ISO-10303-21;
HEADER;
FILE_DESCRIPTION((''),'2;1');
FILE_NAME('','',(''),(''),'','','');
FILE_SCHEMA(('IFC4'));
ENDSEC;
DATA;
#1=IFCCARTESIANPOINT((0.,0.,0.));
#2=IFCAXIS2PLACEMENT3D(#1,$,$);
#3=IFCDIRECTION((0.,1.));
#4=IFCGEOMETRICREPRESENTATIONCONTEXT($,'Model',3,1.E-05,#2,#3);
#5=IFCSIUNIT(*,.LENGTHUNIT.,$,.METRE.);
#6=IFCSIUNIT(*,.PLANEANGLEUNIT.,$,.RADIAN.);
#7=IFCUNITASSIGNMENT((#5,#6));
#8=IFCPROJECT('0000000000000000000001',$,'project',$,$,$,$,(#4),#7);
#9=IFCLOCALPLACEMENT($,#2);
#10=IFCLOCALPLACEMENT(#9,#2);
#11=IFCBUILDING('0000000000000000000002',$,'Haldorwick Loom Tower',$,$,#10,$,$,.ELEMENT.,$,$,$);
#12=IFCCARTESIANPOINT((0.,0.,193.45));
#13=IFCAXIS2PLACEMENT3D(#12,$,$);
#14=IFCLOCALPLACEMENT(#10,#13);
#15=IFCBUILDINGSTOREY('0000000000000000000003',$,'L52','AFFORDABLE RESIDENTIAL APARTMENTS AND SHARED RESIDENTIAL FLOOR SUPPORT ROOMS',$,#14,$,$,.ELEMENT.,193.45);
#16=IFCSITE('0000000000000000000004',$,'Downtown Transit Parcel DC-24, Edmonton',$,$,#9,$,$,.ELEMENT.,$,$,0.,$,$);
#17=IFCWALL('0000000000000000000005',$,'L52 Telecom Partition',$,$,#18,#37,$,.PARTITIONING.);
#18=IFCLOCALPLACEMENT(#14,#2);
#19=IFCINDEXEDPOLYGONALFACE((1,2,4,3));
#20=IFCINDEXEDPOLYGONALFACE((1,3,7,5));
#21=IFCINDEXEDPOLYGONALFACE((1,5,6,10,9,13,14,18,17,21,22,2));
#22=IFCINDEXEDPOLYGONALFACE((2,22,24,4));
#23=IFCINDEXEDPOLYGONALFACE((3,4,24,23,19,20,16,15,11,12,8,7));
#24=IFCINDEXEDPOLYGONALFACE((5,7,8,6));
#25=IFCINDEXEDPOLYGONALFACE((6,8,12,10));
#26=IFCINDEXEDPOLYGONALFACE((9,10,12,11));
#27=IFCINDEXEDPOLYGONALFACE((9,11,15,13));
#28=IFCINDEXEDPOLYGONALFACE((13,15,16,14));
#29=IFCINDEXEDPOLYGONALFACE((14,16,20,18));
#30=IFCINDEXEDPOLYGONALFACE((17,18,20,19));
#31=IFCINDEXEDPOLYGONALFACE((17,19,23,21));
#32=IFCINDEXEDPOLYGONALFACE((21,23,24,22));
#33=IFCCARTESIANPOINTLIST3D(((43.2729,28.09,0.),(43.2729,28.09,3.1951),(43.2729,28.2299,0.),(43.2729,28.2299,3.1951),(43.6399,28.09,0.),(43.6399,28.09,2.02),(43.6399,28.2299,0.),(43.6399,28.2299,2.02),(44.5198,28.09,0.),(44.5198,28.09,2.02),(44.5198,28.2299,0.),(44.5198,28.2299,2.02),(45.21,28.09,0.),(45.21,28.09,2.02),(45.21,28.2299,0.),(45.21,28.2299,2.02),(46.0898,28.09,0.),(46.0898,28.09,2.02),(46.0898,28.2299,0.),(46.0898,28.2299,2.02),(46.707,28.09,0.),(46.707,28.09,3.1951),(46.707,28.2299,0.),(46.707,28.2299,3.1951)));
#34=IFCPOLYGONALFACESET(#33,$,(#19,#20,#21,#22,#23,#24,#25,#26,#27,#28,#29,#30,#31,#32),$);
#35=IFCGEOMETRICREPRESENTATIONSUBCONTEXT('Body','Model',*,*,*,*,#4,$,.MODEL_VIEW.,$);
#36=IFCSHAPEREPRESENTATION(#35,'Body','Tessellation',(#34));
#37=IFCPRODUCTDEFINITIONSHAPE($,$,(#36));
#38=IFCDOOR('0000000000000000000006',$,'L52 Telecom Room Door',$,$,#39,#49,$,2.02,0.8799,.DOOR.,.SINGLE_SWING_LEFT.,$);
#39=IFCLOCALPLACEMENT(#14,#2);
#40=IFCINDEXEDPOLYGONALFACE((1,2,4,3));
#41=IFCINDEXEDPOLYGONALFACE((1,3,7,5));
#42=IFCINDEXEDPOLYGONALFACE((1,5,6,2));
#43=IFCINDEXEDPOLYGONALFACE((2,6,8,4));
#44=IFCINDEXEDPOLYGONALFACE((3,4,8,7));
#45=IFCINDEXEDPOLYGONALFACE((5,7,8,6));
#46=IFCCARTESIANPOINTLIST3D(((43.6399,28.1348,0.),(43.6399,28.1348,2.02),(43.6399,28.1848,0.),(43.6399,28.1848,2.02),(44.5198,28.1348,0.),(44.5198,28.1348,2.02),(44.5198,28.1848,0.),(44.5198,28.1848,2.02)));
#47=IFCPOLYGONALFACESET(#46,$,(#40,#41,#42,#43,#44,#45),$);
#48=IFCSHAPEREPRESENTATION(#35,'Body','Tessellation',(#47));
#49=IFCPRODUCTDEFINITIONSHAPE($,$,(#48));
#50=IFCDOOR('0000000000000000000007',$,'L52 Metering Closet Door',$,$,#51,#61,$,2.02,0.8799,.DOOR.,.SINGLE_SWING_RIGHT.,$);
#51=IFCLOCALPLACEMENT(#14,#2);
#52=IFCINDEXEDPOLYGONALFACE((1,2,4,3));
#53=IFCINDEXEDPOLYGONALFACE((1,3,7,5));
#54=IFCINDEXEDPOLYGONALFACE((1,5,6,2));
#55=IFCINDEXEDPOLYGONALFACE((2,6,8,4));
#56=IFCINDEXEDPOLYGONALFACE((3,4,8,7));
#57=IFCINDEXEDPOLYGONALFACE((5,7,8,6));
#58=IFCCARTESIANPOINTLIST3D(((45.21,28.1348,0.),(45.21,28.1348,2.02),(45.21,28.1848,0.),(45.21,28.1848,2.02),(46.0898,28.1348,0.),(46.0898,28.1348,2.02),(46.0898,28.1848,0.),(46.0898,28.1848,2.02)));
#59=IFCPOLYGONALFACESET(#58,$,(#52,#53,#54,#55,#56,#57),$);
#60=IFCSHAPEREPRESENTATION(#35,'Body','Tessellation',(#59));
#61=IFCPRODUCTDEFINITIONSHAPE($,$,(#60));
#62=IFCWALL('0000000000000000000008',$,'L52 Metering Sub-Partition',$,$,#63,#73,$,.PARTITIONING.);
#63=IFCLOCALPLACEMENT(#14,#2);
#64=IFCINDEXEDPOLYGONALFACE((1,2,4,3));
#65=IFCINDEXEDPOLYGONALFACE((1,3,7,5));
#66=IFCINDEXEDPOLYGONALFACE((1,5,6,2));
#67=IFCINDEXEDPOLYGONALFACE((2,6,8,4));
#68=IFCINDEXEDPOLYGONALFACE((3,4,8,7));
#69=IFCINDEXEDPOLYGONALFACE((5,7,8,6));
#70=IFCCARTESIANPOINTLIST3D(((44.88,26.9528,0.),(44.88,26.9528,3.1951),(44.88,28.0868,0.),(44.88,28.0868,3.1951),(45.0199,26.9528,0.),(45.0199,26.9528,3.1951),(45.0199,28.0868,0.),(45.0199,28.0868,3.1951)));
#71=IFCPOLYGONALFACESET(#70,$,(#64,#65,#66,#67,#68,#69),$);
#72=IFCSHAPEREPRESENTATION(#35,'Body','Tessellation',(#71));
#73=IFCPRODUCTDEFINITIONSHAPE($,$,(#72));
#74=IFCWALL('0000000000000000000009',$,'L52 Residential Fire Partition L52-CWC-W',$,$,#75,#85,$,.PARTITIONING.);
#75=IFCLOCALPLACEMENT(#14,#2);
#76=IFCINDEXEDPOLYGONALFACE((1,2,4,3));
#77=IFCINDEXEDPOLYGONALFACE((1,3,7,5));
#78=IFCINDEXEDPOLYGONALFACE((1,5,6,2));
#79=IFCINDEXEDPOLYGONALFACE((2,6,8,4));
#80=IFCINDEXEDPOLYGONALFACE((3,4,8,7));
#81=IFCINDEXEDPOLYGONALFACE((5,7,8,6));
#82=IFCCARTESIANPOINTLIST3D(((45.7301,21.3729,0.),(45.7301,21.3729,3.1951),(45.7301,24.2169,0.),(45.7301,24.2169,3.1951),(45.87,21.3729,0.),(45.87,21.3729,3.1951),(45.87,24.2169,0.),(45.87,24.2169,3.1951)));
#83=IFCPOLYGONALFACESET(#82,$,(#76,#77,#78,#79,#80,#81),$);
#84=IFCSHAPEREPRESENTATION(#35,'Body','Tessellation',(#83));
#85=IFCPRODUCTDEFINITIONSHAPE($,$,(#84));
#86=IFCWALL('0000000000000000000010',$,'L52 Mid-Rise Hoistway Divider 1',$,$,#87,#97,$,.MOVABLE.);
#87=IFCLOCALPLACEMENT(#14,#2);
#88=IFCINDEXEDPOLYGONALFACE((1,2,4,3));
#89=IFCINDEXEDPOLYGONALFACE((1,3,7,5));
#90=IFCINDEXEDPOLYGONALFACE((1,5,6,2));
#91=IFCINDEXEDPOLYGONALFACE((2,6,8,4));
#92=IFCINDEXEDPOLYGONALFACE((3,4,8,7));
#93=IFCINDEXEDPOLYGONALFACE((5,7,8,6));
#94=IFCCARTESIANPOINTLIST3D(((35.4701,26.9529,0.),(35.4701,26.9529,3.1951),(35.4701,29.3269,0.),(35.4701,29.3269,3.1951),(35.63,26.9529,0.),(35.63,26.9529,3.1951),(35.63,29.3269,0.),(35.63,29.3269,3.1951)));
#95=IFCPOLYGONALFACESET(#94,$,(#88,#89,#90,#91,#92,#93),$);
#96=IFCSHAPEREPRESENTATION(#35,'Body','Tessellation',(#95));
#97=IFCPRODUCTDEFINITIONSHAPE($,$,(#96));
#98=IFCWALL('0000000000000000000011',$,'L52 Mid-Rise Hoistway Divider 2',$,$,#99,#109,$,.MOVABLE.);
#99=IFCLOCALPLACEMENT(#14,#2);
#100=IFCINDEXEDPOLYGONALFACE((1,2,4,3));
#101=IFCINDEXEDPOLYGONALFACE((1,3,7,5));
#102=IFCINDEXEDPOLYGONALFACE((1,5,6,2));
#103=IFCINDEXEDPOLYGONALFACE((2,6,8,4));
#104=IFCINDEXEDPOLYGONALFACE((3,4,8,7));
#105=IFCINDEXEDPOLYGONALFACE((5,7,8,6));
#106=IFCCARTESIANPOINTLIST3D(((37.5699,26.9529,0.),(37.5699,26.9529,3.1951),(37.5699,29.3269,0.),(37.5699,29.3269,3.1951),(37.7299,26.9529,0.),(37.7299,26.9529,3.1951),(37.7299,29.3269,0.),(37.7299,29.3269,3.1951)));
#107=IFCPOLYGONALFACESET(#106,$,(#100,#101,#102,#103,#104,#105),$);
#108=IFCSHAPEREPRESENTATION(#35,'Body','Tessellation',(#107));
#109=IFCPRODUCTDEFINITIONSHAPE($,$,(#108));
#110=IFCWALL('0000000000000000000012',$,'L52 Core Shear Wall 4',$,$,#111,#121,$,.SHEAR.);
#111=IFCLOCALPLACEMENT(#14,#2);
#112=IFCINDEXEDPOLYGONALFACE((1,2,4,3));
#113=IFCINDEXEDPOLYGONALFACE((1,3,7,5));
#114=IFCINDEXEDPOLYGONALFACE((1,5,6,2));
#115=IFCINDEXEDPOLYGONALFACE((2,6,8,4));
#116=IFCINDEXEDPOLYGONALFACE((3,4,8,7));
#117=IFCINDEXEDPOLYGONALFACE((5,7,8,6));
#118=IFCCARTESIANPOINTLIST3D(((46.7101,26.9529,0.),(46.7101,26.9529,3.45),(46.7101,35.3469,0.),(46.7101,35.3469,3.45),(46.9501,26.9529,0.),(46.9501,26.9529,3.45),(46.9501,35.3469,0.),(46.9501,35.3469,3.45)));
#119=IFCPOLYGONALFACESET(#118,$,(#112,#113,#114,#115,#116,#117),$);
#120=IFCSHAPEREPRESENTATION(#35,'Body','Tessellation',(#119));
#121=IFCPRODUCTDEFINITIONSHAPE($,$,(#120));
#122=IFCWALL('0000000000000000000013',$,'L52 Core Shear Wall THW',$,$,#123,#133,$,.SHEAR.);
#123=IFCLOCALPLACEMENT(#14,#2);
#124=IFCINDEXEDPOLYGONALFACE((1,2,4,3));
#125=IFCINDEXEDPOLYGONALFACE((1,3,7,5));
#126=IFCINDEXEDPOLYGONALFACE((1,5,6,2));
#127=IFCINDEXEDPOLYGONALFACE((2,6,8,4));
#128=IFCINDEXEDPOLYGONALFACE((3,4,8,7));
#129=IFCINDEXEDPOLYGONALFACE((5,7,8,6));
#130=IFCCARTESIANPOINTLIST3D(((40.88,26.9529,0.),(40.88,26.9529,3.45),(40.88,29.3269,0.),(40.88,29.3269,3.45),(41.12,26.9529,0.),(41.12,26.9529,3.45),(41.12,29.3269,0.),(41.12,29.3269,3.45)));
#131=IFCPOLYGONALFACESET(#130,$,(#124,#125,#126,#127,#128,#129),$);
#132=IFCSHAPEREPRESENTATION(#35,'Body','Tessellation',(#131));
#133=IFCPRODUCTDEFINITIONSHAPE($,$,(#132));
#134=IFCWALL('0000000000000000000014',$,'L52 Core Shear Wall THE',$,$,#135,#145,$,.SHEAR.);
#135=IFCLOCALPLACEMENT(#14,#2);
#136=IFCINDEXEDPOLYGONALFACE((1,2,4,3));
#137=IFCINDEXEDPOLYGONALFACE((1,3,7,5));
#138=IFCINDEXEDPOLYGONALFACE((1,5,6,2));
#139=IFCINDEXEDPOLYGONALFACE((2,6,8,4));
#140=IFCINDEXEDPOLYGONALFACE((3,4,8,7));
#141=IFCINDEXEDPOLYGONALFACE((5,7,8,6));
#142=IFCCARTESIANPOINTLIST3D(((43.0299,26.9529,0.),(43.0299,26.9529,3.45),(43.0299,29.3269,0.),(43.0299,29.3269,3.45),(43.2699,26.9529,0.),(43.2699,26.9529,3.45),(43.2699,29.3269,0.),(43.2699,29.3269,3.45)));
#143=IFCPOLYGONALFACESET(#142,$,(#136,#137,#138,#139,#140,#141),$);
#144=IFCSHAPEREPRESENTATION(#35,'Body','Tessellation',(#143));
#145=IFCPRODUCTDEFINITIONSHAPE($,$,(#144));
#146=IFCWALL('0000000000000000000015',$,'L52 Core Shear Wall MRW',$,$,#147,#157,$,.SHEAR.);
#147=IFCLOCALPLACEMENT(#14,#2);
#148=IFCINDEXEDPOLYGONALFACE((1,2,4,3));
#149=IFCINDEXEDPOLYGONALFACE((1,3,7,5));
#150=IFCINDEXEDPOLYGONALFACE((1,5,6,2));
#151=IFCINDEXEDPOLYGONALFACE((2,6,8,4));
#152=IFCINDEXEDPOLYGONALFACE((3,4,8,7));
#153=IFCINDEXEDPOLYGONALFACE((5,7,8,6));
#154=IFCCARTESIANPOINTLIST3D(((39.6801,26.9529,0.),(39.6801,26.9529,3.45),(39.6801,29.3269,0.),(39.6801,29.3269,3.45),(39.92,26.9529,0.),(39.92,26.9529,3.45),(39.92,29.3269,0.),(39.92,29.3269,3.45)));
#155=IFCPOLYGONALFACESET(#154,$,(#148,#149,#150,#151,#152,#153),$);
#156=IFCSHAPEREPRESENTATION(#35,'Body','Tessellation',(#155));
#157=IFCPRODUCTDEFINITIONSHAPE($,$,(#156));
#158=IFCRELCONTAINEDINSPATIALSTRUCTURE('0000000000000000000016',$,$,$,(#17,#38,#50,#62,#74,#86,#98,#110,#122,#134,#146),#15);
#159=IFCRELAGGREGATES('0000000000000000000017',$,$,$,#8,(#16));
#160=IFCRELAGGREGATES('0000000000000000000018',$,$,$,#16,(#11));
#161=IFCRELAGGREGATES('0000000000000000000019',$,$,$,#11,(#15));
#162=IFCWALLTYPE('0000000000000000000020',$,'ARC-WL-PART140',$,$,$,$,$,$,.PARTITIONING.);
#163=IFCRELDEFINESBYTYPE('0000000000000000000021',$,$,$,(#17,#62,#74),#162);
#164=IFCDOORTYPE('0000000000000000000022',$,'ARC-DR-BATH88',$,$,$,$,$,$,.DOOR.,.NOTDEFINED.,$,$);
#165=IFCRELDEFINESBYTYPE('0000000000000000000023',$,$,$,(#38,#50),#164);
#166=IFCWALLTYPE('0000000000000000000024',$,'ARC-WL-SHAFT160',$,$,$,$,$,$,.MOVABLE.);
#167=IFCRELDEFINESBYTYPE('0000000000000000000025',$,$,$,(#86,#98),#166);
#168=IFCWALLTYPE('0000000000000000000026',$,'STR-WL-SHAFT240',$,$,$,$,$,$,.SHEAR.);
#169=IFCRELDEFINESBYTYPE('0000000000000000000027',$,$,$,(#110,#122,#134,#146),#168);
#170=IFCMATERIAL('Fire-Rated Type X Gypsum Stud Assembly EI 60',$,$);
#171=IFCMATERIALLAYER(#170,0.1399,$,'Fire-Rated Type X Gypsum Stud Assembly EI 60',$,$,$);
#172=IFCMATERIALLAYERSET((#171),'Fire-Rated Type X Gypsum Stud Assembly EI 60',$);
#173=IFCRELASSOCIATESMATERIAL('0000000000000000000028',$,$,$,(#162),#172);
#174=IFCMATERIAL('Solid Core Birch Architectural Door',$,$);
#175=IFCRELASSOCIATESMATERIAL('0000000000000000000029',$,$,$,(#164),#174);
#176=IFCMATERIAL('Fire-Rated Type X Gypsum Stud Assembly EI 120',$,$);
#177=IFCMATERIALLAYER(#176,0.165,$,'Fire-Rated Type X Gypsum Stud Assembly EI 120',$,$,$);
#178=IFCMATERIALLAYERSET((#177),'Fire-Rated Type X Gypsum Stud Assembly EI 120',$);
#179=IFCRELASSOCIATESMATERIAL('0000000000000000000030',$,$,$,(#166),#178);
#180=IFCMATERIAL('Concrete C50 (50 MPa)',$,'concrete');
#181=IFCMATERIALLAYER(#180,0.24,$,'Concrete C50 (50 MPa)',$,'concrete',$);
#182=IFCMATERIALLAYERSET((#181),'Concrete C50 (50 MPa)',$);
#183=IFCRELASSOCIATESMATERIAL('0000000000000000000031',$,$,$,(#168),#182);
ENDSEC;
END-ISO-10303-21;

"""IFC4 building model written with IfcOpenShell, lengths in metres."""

from ifc_helpers import new_model, si_unit, direction, frame, frame_2d, origin, place, context, subcontext, project, spatial, rectangle, extrude, material, layer, layer_set, type_object, element, fill, save


model = new_model("IFC4")

# Units and contexts
model_context = context("Model", 3, precision=1e-05, world=origin(), true_north=direction((0.0, 1.0)))
body_context = subcontext(model_context, "Body", "Model", "MODEL_VIEW")
ifc_project = project(units=[si_unit("LENGTHUNIT", "METRE"), si_unit("PLANEANGLEUNIT", "RADIAN")], contexts=[model_context])

# Site, building, storey
site_placement = place(None, origin())
site = spatial("IfcSite", under=ifc_project, at=site_placement, Name="Downtown Transit Parcel DC-24, Edmonton", CompositionType="ELEMENT", RefElevation=0.0)
building_placement = place(site_placement, origin())
building = spatial("IfcBuilding", under=site, at=building_placement, Name="Haldorwick Loom Tower", CompositionType="ELEMENT")
storey_placement = place(building_placement, frame((0.0, 0.0, 193.45)))
storey = spatial("IfcBuildingStorey", under=building, at=storey_placement, Name="L52", Description="AFFORDABLE RESIDENTIAL APARTMENTS AND SHARED RESIDENTIAL FLOOR SUPPORT ROOMS", CompositionType="ELEMENT", Elevation=193.45)

# Shared definitions
ifc_material_1 = material(Name="Concrete C50 (50 MPa)", Category="concrete")

# Shared definitions
ifc_material_2 = material(Name="Fire-Rated Type X Gypsum Stud Assembly EI 120")

# Wall, openings, doors
ifc_material_3 = material(Name="Fire-Rated Type X Gypsum Stud Assembly EI 60")
ifc_layer_1 = layer(ifc_material_3, 0.1399, Name="Fire-Rated Type X Gypsum Stud Assembly EI 60")
ifc_layer_set_1 = layer_set([ifc_layer_1], Name="Fire-Rated Type X Gypsum Stud Assembly EI 60")
wall_type_1 = type_object("IfcWallType", Name="ARC-WL-PART140", PredefinedType="PARTITIONING", material=ifc_layer_set_1)
wall_1_placement = place(storey_placement, frame((43.2729, 28.1599, 0.0), z_axis=(0.0, 0.0, 1.0), x_axis=(1.0, 0.0, 0.0)))
wall_1 = element("IfcWall", 1, at=wall_1_placement, inside=storey, type_object=wall_type_1, Name="L52 Telecom Partition", PredefinedType="PARTITIONING", context=body_context, shape_type="SweptSolid", body=[
    extrude(rectangle(XDim=3.4341, YDim=0.1399, at=frame_2d((1.717, 0.0))), origin(), (0.0, 0.0, 1.0), 3.1951),
])
opening_1_placement = place(wall_1_placement, frame((0.3669, 0.0, 0.0)))
opening_1 = element("IfcOpeningElement", 2, at=opening_1_placement, cuts=wall_1, PredefinedType="OPENING", context=body_context, shape_type="SweptSolid", body=[
    extrude(rectangle(XDim=0.8799, YDim=2.02, at=frame_2d((0.4399, 1.01))), frame((0.0, 0.0798, 0.0), z_axis=(0.0, -1.0, 0.0), x_axis=(1.0, 0.0, 0.0)), (0.0, 0.0, 1.0), 0.1599),
])
opening_2_placement = place(wall_1_placement, frame((1.937, 0.0, 0.0)))
opening_2 = element("IfcOpeningElement", 3, at=opening_2_placement, cuts=wall_1, PredefinedType="OPENING", context=body_context, shape_type="SweptSolid", body=[
    extrude(rectangle(XDim=0.8799, YDim=2.02, at=frame_2d((0.4399, 1.01))), frame((0.0, 0.0798, 0.0), z_axis=(0.0, -1.0, 0.0), x_axis=(1.0, 0.0, 0.0)), (0.0, 0.0, 1.0), 0.1599),
])
ifc_material_4 = material(Name="Solid Core Birch Architectural Door")
door_type = type_object("IfcDoorType", Name="ARC-DR-BATH88", OperationType="NOTDEFINED", PredefinedType="DOOR", material=ifc_material_4)
door_1_placement = place(opening_1_placement, origin())
door_1 = element("IfcDoor", 4, at=door_1_placement, inside=storey, type_object=door_type, Name="L52 Telecom Room Door", OperationType="SINGLE_SWING_LEFT", OverallHeight=2.02, OverallWidth=0.8799, PredefinedType="DOOR", context=body_context, shape_type="SweptSolid", body=[
    extrude(rectangle(XDim=0.8799, YDim=2.02, at=frame_2d((0.4399, 1.01))), frame((0.0, 0.0249, 0.0), z_axis=(0.0, -1.0, 0.0), x_axis=(1.0, 0.0, 0.0)), (0.0, 0.0, 1.0), 0.05),
])
fill(opening_1, door_1)
door_2_placement = place(opening_2_placement, origin())
door_2 = element("IfcDoor", 5, at=door_2_placement, inside=storey, type_object=door_type, Name="L52 Metering Closet Door", OperationType="SINGLE_SWING_RIGHT", OverallHeight=2.02, OverallWidth=0.8799, PredefinedType="DOOR", context=body_context, shape_type="SweptSolid", body=[
    extrude(rectangle(XDim=0.8799, YDim=2.02, at=frame_2d((0.4399, 1.01))), frame((0.0, 0.0249, 0.0), z_axis=(0.0, -1.0, 0.0), x_axis=(1.0, 0.0, 0.0)), (0.0, 0.0, 1.0), 0.05),
])
fill(opening_2, door_2)

# Walls
wall_2_placement = place(storey_placement, frame((44.95, 26.9529, 0.0), z_axis=(0.0, 0.0, 1.0), x_axis=(0.0, 1.0, 0.0)))
element("IfcWall", 6, at=wall_2_placement, inside=storey, type_object=wall_type_1, Name="L52 Metering Sub-Partition", PredefinedType="PARTITIONING", context=body_context, shape_type="SweptSolid", body=[
    extrude(rectangle(XDim=1.134, YDim=0.1399, at=frame_2d((0.5669, 0.0))), origin(), (0.0, 0.0, 1.0), 3.1951),
])
wall_3_placement = place(storey_placement, frame((45.8, 21.373, 0.0), z_axis=(0.0, 0.0, 1.0), x_axis=(0.0, 1.0, 0.0)))
element("IfcWall", 7, at=wall_3_placement, inside=storey, type_object=wall_type_1, Name="L52 Residential Fire Partition L52-CWC-W", PredefinedType="PARTITIONING", context=body_context, shape_type="SweptSolid", body=[
    extrude(rectangle(XDim=2.844, YDim=0.1399, at=frame_2d((1.4219, 0.0))), origin(), (0.0, 0.0, 1.0), 3.1951),
])
ifc_layer_2 = layer(ifc_material_2, 0.165, Name="Fire-Rated Type X Gypsum Stud Assembly EI 120")
ifc_layer_set_2 = layer_set([ifc_layer_2], Name="Fire-Rated Type X Gypsum Stud Assembly EI 120")
wall_type_2 = type_object("IfcWallType", Name="ARC-WL-SHAFT160", PredefinedType="MOVABLE", material=ifc_layer_set_2)
for number, where, z_axis, x_axis, name in (
    (8, (35.55, 26.9529, 0.0), (0.0, 0.0, 1.0), (0.0, 1.0, 0.0), "L52 Mid-Rise Hoistway Divider 1"),
    (9, (37.6499, 26.9529, 0.0), (0.0, 0.0, 1.0), (0.0, 1.0, 0.0), "L52 Mid-Rise Hoistway Divider 2"),
):
    element("IfcWall", number, at=place(storey_placement, frame(where, z_axis=z_axis, x_axis=x_axis)), inside=storey, type_object=wall_type_2, Name=name, PredefinedType="MOVABLE", context=body_context, shape_type="SweptSolid", body=[
        extrude(rectangle(XDim=2.374, YDim=0.1599, at=frame_2d((1.187, 0.0))), origin(), (0.0, 0.0, 1.0), 3.1951),
    ])
ifc_layer_3 = layer(ifc_material_1, 0.24, Name="Concrete C50 (50 MPa)", Category="concrete")
ifc_layer_set_3 = layer_set([ifc_layer_3], Name="Concrete C50 (50 MPa)")
wall_type_3 = type_object("IfcWallType", Name="STR-WL-SHAFT240", PredefinedType="SHEAR", material=ifc_layer_set_3)
wall_4_placement = place(storey_placement, frame((46.8301, 26.9529, 0.0), z_axis=(0.0, 0.0, 1.0), x_axis=(0.0, 1.0, 0.0)))
element("IfcWall", 10, at=wall_4_placement, inside=storey, type_object=wall_type_3, Name="L52 Core Shear Wall 4", PredefinedType="SHEAR", context=body_context, shape_type="SweptSolid", body=[
    extrude(rectangle(XDim=8.394, YDim=0.24, at=frame_2d((4.197, 0.0))), origin(), (0.0, 0.0, 1.0), 3.45),
])
for number, where, z_axis, x_axis, name in (
    (11, (41.0, 26.9529, 0.0), (0.0, 0.0, 1.0), (0.0, 1.0, 0.0), "L52 Core Shear Wall THW"),
    (12, (43.1499, 26.9529, 0.0), (0.0, 0.0, 1.0), (0.0, 1.0, 0.0), "L52 Core Shear Wall THE"),
    (13, (39.8, 26.9529, 0.0), (0.0, 0.0, 1.0), (0.0, 1.0, 0.0), "L52 Core Shear Wall MRW"),
):
    element("IfcWall", number, at=place(storey_placement, frame(where, z_axis=z_axis, x_axis=x_axis)), inside=storey, type_object=wall_type_3, Name=name, PredefinedType="SHEAR", context=body_context, shape_type="SweptSolid", body=[
        extrude(rectangle(XDim=2.374, YDim=0.24, at=frame_2d((1.187, 0.0))), origin(), (0.0, 0.0, 1.0), 3.45),
    ])

save(model, "model.ifc")
